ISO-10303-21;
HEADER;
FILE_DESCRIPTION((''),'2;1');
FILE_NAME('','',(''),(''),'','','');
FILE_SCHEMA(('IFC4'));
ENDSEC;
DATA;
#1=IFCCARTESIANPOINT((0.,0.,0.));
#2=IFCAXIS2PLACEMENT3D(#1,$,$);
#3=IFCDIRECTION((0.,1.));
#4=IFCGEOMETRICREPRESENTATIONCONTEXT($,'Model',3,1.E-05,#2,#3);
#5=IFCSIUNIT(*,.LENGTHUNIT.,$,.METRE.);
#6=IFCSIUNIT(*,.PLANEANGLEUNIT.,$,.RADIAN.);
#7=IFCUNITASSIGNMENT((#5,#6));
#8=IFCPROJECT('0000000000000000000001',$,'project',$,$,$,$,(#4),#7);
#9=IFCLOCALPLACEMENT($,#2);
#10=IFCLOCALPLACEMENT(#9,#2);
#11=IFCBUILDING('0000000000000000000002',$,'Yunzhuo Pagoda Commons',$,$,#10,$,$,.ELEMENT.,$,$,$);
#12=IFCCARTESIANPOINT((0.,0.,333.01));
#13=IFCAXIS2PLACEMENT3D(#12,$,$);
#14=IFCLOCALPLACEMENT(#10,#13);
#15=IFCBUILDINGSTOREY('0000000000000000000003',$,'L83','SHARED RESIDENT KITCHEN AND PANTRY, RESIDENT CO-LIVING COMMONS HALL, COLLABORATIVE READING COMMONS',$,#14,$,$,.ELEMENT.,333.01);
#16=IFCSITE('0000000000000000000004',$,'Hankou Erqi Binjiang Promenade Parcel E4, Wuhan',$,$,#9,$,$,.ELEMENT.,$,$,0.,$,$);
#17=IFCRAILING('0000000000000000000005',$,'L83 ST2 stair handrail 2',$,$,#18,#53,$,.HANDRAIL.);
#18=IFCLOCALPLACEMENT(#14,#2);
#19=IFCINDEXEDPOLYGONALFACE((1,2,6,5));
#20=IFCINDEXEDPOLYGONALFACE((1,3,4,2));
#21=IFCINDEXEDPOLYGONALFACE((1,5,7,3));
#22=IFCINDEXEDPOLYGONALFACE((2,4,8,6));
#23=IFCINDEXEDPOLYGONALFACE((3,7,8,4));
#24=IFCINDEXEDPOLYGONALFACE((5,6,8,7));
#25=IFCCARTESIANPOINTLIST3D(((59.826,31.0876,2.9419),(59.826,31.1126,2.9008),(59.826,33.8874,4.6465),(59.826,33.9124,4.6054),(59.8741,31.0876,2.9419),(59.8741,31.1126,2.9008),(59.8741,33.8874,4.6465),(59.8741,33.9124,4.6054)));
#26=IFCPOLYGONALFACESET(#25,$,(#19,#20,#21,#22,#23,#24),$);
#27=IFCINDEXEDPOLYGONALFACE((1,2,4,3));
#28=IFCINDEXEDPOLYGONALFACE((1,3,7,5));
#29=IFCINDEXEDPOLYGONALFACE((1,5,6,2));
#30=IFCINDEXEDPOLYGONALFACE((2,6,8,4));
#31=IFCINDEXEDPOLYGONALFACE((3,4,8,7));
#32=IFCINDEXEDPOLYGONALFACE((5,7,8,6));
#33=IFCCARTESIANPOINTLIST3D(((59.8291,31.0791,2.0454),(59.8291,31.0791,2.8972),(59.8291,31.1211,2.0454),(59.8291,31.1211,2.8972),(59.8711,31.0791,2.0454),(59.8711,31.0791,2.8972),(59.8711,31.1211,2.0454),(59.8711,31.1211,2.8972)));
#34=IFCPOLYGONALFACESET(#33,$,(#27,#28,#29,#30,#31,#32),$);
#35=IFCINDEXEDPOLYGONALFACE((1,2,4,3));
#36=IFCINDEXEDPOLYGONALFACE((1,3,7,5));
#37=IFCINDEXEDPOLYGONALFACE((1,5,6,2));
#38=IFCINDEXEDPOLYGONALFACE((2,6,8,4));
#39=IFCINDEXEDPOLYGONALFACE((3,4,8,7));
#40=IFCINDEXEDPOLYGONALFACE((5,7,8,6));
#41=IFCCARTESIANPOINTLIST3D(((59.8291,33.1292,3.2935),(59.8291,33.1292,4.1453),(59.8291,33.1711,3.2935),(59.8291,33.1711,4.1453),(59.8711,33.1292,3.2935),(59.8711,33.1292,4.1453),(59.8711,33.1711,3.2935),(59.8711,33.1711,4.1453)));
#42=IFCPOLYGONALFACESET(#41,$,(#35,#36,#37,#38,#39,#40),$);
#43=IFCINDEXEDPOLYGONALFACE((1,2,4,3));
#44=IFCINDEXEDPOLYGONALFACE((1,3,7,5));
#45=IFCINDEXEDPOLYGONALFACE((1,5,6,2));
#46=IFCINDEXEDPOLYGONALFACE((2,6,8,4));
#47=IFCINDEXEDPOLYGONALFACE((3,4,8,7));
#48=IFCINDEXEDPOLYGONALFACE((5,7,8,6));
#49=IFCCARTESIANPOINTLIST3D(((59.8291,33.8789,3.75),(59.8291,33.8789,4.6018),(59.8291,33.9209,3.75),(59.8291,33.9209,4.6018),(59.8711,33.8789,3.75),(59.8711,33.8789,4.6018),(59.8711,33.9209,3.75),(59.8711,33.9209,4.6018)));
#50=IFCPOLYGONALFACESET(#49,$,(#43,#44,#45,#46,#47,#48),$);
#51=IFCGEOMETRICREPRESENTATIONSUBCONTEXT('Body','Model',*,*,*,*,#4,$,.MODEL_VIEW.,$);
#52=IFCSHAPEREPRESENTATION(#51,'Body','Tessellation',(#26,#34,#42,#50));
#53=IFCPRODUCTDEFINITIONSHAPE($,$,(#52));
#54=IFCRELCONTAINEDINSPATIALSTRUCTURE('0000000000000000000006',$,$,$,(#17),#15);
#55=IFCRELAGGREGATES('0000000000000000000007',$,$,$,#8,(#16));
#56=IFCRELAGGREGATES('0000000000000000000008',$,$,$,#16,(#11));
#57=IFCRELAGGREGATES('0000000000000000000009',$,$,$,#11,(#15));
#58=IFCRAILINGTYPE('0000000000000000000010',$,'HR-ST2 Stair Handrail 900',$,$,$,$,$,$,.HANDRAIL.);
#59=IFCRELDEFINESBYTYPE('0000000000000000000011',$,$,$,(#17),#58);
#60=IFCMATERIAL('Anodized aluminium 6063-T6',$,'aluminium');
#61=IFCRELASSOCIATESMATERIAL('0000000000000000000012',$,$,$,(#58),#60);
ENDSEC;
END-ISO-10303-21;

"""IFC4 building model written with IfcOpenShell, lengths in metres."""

from ifc_helpers import new_model, si_unit, direction, frame, origin, origin_2d, place, context, subcontext, project, spatial, rectangle, extrude, material, type_object, element, save


model = new_model("IFC4")

# Units and contexts
model_context = context("Model", 3, precision=1e-05, world=origin(), true_north=direction((0.0, 1.0)))
body_context = subcontext(model_context, "Body", "Model", "MODEL_VIEW")
ifc_project = project(units=[si_unit("LENGTHUNIT", "METRE"), si_unit("PLANEANGLEUNIT", "RADIAN")], contexts=[model_context])

# Site, building, storey
site_placement = place(None, origin())
site = spatial("IfcSite", under=ifc_project, at=site_placement, Name="Hankou Erqi Binjiang Promenade Parcel E4, Wuhan", CompositionType="ELEMENT", RefElevation=0.0)
building_placement = place(site_placement, origin())
building = spatial("IfcBuilding", under=site, at=building_placement, Name="Yunzhuo Pagoda Commons", CompositionType="ELEMENT")
storey_placement = place(building_placement, frame((0.0, 0.0, 333.01)))
storey = spatial("IfcBuildingStorey", under=building, at=storey_placement, Name="L83", Description="SHARED RESIDENT KITCHEN AND PANTRY, RESIDENT CO-LIVING COMMONS HALL, COLLABORATIVE READING COMMONS", CompositionType="ELEMENT", Elevation=333.01)

# Shared definitions
ifc_material_1 = material(Name="Anodized aluminium 6063-T6", Category="aluminium")

# Railing
railing_type_1 = type_object("IfcRailingType", Name="HR-ST2 Stair Handrail 900", PredefinedType="HANDRAIL", material=ifc_material_1)
railing_1_placement = place(storey_placement, frame((59.8501, 31.1001, 2.0454)))
element("IfcRailing", 1, at=railing_1_placement, inside=storey, type_object=railing_type_1, Name="L83 ST2 stair handrail 2", PredefinedType="HANDRAIL", context=body_context, shape_type="SweptSolid", body=[
    extrude(rectangle(XDim=0.0481, YDim=0.0481, at=origin_2d()), frame((0.0, 0.0, 0.876), z_axis=(0.0, 0.85415, 0.520027), x_axis=(-1.0, 0.0, 0.0)), (0.0, 0.0, 1.0), 3.2778),
    extrude(rectangle(XDim=0.042, YDim=0.042, at=origin_2d()), origin(), (0.0, 0.0, 1.0), 0.8518),
    extrude(rectangle(XDim=0.042, YDim=0.042, at=origin_2d()), frame((0.0, 2.05, 1.248)), (0.0, 0.0, 1.0), 0.8518),
    extrude(rectangle(XDim=0.042, YDim=0.042, at=origin_2d()), frame((0.0, 2.7998, 1.7046)), (0.0, 0.0, 1.0), 0.8518),
])

save(model, "model.ifc")
